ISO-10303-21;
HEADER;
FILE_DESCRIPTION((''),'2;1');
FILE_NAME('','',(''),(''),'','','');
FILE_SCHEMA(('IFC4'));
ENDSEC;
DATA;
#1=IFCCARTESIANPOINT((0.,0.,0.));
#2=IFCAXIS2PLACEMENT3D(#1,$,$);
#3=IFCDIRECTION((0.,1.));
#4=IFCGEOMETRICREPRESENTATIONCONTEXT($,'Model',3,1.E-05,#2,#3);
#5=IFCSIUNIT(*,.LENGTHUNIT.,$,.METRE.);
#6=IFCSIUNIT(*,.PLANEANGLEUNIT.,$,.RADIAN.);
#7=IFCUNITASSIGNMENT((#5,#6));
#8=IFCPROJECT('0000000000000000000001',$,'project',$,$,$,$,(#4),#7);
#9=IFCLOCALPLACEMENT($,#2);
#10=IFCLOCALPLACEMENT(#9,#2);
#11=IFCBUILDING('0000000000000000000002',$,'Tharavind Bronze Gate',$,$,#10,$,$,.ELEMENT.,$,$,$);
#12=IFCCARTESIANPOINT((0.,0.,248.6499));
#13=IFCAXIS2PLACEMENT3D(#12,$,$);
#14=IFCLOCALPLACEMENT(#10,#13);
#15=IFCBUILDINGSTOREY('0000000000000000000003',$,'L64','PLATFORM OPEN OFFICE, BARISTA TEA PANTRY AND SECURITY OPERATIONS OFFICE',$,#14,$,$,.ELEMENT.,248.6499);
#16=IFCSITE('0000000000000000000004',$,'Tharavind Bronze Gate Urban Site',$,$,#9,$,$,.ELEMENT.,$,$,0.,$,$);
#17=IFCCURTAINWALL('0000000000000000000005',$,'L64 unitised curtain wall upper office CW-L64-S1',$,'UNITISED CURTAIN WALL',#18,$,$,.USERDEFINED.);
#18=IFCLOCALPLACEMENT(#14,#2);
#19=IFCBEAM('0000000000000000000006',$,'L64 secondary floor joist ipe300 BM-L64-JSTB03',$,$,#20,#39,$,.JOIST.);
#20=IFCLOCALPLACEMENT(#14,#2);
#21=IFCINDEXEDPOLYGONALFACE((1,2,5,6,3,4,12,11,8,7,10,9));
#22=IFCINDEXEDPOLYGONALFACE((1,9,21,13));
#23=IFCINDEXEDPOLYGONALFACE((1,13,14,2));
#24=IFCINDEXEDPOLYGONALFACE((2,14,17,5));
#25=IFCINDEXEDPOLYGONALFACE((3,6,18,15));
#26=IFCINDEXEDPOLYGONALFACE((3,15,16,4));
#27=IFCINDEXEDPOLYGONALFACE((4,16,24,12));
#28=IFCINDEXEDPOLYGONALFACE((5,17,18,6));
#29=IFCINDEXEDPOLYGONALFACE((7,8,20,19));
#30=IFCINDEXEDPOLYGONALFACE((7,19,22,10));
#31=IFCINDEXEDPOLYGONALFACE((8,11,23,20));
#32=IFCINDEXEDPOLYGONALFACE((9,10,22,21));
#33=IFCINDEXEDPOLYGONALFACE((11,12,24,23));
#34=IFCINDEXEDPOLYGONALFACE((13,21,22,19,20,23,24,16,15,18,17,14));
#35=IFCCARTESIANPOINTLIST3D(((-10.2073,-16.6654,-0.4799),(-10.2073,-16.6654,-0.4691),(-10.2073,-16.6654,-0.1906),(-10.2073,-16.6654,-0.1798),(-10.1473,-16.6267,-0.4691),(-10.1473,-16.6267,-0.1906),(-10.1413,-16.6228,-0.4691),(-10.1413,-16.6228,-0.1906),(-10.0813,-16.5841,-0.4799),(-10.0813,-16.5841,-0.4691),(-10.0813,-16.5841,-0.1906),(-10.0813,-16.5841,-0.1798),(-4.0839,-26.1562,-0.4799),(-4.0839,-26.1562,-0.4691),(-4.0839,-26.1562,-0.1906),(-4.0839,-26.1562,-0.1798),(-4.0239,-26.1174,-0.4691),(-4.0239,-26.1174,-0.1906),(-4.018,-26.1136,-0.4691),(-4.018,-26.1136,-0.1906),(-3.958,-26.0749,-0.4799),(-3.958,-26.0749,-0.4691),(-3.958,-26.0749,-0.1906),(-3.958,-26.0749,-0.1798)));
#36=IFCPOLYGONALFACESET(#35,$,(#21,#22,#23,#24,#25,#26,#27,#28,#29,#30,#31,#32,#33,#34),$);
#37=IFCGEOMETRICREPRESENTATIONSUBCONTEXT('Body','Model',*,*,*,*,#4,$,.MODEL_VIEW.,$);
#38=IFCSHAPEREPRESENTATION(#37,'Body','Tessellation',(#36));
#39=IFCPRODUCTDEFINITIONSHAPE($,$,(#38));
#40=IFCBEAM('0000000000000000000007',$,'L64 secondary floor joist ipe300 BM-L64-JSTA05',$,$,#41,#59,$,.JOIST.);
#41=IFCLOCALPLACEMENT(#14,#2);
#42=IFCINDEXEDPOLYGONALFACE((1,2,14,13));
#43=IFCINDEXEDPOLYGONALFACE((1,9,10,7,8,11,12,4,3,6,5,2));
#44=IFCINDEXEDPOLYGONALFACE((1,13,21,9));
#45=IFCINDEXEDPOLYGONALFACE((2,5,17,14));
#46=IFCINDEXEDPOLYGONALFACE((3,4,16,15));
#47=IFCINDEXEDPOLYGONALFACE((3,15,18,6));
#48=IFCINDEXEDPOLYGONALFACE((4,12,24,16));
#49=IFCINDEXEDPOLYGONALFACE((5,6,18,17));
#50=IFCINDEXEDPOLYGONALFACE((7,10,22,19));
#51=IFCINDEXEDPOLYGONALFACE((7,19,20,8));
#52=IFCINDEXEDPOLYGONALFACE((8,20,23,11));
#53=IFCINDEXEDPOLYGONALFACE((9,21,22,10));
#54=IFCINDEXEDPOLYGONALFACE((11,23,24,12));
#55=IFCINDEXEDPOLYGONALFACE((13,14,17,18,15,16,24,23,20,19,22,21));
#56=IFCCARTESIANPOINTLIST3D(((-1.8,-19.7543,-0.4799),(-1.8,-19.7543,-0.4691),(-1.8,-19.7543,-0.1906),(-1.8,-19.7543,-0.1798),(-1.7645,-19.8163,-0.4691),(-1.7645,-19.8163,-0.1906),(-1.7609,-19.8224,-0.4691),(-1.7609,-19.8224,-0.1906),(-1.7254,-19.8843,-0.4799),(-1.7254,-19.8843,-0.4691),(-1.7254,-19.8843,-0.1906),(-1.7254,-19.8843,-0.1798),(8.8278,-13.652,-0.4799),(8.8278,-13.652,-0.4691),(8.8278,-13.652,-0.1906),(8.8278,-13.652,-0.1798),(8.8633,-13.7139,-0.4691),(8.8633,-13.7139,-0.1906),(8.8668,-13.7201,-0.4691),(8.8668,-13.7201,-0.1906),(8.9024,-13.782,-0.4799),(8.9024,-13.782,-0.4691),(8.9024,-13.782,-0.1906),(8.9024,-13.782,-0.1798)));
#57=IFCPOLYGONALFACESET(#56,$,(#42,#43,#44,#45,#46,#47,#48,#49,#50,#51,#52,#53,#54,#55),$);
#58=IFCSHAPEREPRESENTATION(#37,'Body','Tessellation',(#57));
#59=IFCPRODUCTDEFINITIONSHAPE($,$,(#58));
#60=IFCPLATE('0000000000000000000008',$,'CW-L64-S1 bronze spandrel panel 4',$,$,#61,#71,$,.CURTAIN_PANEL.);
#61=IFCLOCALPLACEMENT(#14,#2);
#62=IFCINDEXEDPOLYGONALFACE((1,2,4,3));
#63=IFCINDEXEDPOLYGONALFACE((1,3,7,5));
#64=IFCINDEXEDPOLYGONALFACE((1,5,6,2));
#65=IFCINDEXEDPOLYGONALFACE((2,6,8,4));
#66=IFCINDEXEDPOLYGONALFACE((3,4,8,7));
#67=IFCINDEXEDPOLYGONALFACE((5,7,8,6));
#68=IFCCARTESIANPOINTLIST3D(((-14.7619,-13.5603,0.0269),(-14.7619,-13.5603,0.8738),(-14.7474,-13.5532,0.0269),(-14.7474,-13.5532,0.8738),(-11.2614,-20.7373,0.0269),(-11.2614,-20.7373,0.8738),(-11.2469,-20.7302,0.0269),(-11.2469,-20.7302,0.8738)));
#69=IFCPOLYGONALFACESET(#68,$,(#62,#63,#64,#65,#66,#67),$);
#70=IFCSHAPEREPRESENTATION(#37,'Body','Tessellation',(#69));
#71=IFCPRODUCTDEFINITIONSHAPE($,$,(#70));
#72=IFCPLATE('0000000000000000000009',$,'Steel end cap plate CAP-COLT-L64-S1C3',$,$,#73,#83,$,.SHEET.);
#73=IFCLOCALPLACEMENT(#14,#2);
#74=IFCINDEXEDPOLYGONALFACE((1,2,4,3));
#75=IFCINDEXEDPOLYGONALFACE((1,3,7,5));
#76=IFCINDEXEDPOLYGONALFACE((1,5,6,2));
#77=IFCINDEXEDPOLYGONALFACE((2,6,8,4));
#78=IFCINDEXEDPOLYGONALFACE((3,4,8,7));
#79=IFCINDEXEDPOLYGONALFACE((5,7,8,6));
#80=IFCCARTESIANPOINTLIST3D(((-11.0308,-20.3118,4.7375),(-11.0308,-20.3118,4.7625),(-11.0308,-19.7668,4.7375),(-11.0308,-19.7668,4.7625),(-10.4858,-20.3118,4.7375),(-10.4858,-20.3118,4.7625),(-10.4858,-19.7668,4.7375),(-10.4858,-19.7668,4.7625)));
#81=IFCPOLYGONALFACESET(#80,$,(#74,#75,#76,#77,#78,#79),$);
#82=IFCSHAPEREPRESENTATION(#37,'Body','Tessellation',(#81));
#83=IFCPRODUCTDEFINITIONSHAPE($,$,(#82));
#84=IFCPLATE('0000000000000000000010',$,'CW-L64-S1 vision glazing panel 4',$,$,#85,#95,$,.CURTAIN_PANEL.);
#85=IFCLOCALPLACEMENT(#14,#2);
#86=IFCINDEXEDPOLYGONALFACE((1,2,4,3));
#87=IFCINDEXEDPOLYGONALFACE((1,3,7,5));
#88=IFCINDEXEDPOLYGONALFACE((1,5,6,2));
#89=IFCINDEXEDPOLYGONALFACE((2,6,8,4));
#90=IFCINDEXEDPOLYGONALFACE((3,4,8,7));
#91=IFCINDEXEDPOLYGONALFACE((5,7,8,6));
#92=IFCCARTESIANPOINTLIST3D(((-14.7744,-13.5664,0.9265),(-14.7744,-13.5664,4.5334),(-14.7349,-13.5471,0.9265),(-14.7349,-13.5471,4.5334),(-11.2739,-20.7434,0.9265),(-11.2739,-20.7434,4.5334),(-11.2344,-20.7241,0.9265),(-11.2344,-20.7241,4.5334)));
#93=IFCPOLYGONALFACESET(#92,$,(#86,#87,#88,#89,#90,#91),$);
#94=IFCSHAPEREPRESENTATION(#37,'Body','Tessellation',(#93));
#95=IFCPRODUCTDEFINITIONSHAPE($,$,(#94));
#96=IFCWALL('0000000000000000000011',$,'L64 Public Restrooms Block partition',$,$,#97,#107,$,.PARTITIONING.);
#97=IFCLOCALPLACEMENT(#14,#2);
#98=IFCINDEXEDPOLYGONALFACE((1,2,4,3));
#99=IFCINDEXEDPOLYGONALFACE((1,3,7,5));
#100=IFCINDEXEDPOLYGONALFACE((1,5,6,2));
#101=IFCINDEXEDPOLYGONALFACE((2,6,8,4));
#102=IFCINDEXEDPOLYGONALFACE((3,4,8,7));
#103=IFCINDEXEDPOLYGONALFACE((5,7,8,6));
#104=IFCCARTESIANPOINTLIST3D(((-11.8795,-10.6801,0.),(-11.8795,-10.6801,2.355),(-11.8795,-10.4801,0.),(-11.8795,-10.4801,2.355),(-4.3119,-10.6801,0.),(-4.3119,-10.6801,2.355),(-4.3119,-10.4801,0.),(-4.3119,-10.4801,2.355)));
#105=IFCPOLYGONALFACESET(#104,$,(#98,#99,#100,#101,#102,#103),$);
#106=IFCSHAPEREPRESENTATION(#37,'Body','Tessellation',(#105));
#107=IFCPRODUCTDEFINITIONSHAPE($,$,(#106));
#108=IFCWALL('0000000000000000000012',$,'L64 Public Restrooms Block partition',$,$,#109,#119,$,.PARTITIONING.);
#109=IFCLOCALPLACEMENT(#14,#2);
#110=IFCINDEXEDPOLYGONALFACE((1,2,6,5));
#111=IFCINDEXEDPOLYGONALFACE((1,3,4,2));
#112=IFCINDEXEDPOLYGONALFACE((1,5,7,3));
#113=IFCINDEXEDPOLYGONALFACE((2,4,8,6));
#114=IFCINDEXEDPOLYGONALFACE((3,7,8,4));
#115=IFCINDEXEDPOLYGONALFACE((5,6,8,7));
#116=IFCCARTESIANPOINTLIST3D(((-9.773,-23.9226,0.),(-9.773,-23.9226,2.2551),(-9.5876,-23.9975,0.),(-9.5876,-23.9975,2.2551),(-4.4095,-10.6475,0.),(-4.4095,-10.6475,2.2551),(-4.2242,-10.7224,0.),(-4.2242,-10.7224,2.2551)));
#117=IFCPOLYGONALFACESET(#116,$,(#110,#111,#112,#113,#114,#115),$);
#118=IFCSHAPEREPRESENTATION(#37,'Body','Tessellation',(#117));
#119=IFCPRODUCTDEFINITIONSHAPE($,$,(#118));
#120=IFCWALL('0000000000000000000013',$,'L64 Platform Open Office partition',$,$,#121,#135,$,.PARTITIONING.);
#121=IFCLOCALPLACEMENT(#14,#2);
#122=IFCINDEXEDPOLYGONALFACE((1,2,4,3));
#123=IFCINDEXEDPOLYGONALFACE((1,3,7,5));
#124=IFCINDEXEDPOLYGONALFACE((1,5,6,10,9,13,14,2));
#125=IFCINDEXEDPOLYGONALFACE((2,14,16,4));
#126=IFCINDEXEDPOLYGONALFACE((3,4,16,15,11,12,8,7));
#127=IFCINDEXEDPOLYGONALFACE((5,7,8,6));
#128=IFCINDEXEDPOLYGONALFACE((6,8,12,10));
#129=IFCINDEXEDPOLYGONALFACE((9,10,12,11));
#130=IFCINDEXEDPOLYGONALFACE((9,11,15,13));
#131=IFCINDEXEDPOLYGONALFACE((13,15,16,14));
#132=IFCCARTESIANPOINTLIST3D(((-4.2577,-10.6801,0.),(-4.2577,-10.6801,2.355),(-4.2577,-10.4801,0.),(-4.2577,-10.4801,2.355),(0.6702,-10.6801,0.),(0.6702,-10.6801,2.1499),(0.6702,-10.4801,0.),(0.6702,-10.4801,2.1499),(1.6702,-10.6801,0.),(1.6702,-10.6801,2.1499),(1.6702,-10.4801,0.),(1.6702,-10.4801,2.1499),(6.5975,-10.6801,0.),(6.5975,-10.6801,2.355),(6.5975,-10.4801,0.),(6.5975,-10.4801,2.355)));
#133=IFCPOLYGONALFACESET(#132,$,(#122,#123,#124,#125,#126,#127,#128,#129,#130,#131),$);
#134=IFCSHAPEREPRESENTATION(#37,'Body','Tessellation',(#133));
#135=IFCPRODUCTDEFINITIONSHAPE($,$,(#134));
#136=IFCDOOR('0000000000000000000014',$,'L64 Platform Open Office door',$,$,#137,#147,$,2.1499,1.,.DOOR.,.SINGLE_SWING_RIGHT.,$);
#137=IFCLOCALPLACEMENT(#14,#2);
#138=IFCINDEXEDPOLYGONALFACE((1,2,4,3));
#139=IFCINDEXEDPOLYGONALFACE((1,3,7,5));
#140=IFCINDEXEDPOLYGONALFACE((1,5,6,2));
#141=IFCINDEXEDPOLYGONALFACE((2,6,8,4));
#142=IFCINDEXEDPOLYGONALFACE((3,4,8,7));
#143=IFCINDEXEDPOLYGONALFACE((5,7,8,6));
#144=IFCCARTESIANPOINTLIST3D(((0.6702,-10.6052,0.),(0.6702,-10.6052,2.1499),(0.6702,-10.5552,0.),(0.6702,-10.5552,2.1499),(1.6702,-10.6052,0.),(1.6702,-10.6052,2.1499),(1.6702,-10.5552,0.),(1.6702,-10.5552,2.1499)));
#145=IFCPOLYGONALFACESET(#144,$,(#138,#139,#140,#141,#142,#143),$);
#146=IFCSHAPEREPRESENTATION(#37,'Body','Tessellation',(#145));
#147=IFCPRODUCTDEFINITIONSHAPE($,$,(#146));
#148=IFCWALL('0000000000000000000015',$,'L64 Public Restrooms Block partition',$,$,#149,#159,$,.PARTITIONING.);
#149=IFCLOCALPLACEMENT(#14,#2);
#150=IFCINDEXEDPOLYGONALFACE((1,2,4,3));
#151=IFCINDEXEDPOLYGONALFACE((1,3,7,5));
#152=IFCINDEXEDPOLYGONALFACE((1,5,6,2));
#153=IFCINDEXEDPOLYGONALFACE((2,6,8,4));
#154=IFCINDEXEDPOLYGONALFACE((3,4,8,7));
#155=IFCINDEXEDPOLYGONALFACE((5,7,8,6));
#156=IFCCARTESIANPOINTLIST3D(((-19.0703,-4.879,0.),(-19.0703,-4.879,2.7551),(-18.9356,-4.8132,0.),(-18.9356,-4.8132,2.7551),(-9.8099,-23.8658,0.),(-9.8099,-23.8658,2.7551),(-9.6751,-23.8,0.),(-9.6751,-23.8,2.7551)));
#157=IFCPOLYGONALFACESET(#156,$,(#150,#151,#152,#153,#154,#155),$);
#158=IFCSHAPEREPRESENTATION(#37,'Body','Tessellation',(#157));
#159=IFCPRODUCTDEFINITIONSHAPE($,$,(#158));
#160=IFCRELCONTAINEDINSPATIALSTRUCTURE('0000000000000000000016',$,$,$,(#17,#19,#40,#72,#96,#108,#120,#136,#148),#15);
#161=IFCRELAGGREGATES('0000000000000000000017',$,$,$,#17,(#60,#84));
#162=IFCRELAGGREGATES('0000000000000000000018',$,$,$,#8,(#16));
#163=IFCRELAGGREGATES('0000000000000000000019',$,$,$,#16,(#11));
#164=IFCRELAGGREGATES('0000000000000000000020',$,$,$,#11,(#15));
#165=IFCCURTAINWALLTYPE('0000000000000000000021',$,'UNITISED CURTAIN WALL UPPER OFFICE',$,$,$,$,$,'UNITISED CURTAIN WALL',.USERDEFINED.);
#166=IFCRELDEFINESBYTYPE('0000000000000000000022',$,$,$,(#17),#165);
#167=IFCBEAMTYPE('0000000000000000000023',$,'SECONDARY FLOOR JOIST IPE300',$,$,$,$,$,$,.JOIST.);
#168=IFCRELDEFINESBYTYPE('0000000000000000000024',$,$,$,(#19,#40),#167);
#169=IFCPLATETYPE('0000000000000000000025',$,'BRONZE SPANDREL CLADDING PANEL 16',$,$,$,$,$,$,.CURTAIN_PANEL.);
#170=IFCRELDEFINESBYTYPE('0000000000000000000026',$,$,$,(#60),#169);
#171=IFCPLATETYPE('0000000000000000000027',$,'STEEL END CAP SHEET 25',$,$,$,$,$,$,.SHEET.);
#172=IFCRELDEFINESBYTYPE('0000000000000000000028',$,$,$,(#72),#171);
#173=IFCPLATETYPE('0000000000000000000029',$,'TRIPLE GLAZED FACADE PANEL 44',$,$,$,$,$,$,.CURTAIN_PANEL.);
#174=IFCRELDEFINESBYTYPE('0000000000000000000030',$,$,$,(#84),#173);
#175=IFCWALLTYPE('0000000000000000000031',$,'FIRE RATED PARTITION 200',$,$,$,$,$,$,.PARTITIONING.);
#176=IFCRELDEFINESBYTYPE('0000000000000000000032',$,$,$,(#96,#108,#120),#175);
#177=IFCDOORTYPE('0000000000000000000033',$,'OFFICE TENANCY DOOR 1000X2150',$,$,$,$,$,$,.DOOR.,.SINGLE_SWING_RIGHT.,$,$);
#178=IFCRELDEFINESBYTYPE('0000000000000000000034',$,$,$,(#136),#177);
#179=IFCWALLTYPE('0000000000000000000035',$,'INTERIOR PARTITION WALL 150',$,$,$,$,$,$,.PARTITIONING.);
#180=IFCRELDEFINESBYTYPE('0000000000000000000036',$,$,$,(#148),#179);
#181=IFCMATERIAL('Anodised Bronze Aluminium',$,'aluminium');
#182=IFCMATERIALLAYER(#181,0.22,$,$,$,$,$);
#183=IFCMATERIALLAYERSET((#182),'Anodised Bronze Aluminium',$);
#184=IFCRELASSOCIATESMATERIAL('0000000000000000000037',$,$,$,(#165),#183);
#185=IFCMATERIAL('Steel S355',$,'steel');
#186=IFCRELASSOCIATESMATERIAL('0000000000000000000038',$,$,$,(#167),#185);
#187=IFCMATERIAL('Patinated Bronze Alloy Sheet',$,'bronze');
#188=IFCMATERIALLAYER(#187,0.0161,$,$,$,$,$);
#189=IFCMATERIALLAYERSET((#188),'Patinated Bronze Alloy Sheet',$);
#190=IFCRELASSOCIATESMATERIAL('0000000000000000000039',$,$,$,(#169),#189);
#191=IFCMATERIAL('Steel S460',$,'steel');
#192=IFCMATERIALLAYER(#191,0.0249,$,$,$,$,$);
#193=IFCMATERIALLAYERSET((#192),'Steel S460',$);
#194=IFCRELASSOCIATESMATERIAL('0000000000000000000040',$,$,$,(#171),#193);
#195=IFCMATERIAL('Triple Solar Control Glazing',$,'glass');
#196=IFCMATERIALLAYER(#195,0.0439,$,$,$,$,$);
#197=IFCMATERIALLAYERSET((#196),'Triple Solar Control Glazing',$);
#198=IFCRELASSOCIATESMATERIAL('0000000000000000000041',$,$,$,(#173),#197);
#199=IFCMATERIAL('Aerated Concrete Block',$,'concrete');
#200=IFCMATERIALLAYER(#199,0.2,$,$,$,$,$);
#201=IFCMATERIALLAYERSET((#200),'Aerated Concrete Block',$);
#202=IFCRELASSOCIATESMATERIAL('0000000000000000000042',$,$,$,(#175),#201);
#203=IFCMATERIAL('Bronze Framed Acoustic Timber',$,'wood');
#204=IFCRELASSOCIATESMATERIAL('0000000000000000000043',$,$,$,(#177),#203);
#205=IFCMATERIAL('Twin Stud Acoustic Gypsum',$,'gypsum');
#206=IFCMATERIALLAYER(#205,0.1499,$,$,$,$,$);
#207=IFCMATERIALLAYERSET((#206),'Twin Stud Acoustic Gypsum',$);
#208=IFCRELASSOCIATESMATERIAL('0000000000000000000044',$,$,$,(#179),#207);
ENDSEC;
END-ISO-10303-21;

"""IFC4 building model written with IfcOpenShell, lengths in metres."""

from ifc_helpers import new_model, si_unit, direction, frame, frame_2d, origin, origin_2d, place, context, subcontext, project, spatial, rectangle, i_section, extrude, material, layer, layer_set, material_profile, profile_set, type_object, element, fill, aggregate, save


model = new_model("IFC4")

# Units and contexts
model_context = context("Model", 3, precision=1e-05, world=origin(), true_north=direction((0.0, 1.0)))
body_context = subcontext(model_context, "Body", "Model", "MODEL_VIEW")
ifc_project = project(units=[si_unit("LENGTHUNIT", "METRE"), si_unit("PLANEANGLEUNIT", "RADIAN")], contexts=[model_context])

# Site, building, storey
site_placement = place(None, origin())
site = spatial("IfcSite", under=ifc_project, at=site_placement, Name="Tharavind Bronze Gate Urban Site", CompositionType="ELEMENT", RefElevation=0.0)
building_placement = place(site_placement, origin())
building = spatial("IfcBuilding", under=site, at=building_placement, Name="Tharavind Bronze Gate", CompositionType="ELEMENT")
storey_placement = place(building_placement, frame((0.0, 0.0, 248.6499)))
storey = spatial("IfcBuildingStorey", under=building, at=storey_placement, Name="L64", Description="PLATFORM OPEN OFFICE, BARISTA TEA PANTRY AND SECURITY OPERATIONS OFFICE", CompositionType="ELEMENT", Elevation=248.6499)

# Shared definitions
ifc_material_1 = material(Name="Steel S460", Category="steel")

# Curtain wall
ifc_material_2 = material(Name="Anodised Bronze Aluminium", Category="aluminium")
ifc_layer_1 = layer(ifc_material_2, 0.22)
ifc_layer_set_1 = layer_set([ifc_layer_1], Name="Anodised Bronze Aluminium")
curtain_wall_type = type_object("IfcCurtainWallType", Name="UNITISED CURTAIN WALL UPPER OFFICE", ElementType="UNITISED CURTAIN WALL", PredefinedType="USERDEFINED", material=ifc_layer_set_1)
curtain_wall_placement = place(storey_placement, origin())
curtain_wall = element("IfcCurtainWall", 1, at=curtain_wall_placement, inside=storey, type_object=curtain_wall_type, Name="L64 unitised curtain wall upper office CW-L64-S1", ObjectType="UNITISED CURTAIN WALL", PredefinedType="USERDEFINED")

# Beams
ifc_material_3 = material(Name="Steel S355", Category="steel")
ifc_material_profile_1 = material_profile(ifc_material_3, i_section(OverallWidth=0.1499, OverallDepth=0.3, WebThickness=0.0071, FlangeThickness=0.0107, at=origin_2d()), Name="IPE300")
ifc_profile_set_1 = profile_set([ifc_material_profile_1], Name="Steel S355")
beam_type_1 = type_object("IfcBeamType", Name="SECONDARY FLOOR JOIST IPE300", PredefinedType="JOIST", material=ifc_profile_set_1)
beam_1_placement = place(storey_placement, frame((-10.1443, -16.6248, -0.3298), z_axis=(0.542142, -0.840287, 0.0), x_axis=(0.840287, 0.542142, 0.0)))
element("IfcBeam", 2, at=beam_1_placement, inside=storey, type_object=beam_type_1, Name="L64 secondary floor joist ipe300 BM-L64-JSTB03", PredefinedType="JOIST", context=body_context, shape_type="SweptSolid", body=[
    extrude(i_section(OverallWidth=0.1499, OverallDepth=0.3, WebThickness=0.0071, FlangeThickness=0.0107, at=origin_2d()), origin(), (0.0, 0.0, 1.0), 11.2947),
])
beam_2_placement = place(storey_placement, frame((-1.7627, -19.8193, -0.3298), z_axis=(0.86721, 0.497942, 0.0), x_axis=(-0.497942, 0.86721, 0.0)))
element("IfcBeam", 3, at=beam_2_placement, inside=storey, type_object=beam_type_1, Name="L64 secondary floor joist ipe300 BM-L64-JSTA05", PredefinedType="JOIST", context=body_context, shape_type="SweptSolid", body=[
    extrude(i_section(OverallWidth=0.1499, OverallDepth=0.3, WebThickness=0.0071, FlangeThickness=0.0107, at=origin_2d()), origin(), (0.0, 0.0, 1.0), 12.2551),
])

# Plates
ifc_material_4 = material(Name="Patinated Bronze Alloy Sheet", Category="bronze")
ifc_layer_2 = layer(ifc_material_4, 0.0161)
ifc_layer_set_2 = layer_set([ifc_layer_2], Name="Patinated Bronze Alloy Sheet")
plate_type_1 = type_object("IfcPlateType", Name="BRONZE SPANDREL CLADDING PANEL 16", PredefinedType="CURTAIN_PANEL", material=ifc_layer_set_2)
plate_1_placement = place(storey_placement, frame((-13.0044, -17.1453, 0.0269), z_axis=(0.0, 0.0, 1.0), x_axis=(0.438371, -0.898794, 0.0)))
plate_1 = element("IfcPlate", 4, at=plate_1_placement, type_object=plate_type_1, Name="CW-L64-S1 bronze spandrel panel 4", PredefinedType="CURTAIN_PANEL", context=body_context, shape_type="SweptSolid", body=[
    extrude(rectangle(XDim=7.9851, YDim=0.0161, at=origin_2d()), origin(), (0.0, 0.0, 1.0), 0.8469),
])
ifc_layer_3 = layer(ifc_material_1, 0.0249)
ifc_layer_set_3 = layer_set([ifc_layer_3], Name="Steel S460")
plate_type_2 = type_object("IfcPlateType", Name="STEEL END CAP SHEET 25", PredefinedType="SHEET", material=ifc_layer_set_3)
plate_2_placement = place(storey_placement, frame((-10.7583, -20.0393, 4.7375), z_axis=(0.0, 0.0, 1.0), x_axis=(1.0, 0.0, 0.0)))
element("IfcPlate", 5, at=plate_2_placement, inside=storey, type_object=plate_type_2, Name="Steel end cap plate CAP-COLT-L64-S1C3", PredefinedType="SHEET", context=body_context, shape_type="SweptSolid", body=[
    extrude(rectangle(XDim=0.5449, YDim=0.5449, at=origin_2d()), origin(), (0.0, 0.0, 1.0), 0.0249),
])
ifc_material_5 = material(Name="Triple Solar Control Glazing", Category="glass")
ifc_layer_4 = layer(ifc_material_5, 0.0439)
ifc_layer_set_4 = layer_set([ifc_layer_4], Name="Triple Solar Control Glazing")
plate_type_3 = type_object("IfcPlateType", Name="TRIPLE GLAZED FACADE PANEL 44", PredefinedType="CURTAIN_PANEL", material=ifc_layer_set_4)
plate_3_placement = place(storey_placement, frame((-13.0044, -17.1453, 0.9265), z_axis=(0.0, 0.0, 1.0), x_axis=(0.438371, -0.898794, 0.0)))
plate_3 = element("IfcPlate", 6, at=plate_3_placement, type_object=plate_type_3, Name="CW-L64-S1 vision glazing panel 4", PredefinedType="CURTAIN_PANEL", context=body_context, shape_type="SweptSolid", body=[
    extrude(rectangle(XDim=7.9851, YDim=0.0439, at=origin_2d()), origin(), (0.0, 0.0, 1.0), 3.6069),
])
aggregate(curtain_wall, [plate_1, plate_3])

# Walls
ifc_material_6 = material(Name="Aerated Concrete Block", Category="concrete")
ifc_layer_5 = layer(ifc_material_6, 0.2)
ifc_layer_set_5 = layer_set([ifc_layer_5], Name="Aerated Concrete Block")
wall_type_1 = type_object("IfcWallType", Name="FIRE RATED PARTITION 200", PredefinedType="PARTITIONING", material=ifc_layer_set_5)
wall_1_placement = place(storey_placement, frame((-11.8794, -10.5801, 0.0), z_axis=(0.0, 0.0, 1.0), x_axis=(1.0, 0.0, 0.0)))
element("IfcWall", 7, at=wall_1_placement, inside=storey, type_object=wall_type_1, Name="L64 Public Restrooms Block partition", PredefinedType="PARTITIONING", context=body_context, shape_type="SweptSolid", body=[
    extrude(rectangle(XDim=7.5676, YDim=0.2, at=frame_2d((3.7837, 0.0))), origin(), (0.0, 0.0, 1.0), 2.355),
])
wall_2_placement = place(storey_placement, frame((-4.3169, -10.6851, 0.0), z_axis=(0.0, 0.0, 1.0), x_axis=(-0.374608, -0.927183, 0.0)))
element("IfcWall", 8, at=wall_2_placement, inside=storey, type_object=wall_type_1, Name="L64 Public Restrooms Block partition", PredefinedType="PARTITIONING", context=body_context, shape_type="SweptSolid", body=[
    extrude(rectangle(XDim=14.3176, YDim=0.2, at=frame_2d((7.1587, 0.0))), origin(), (0.0, 0.0, 1.0), 2.2551),
])

# Wall, opening, door
wall_3_placement = place(storey_placement, frame((-4.2578, -10.5801, 0.0), z_axis=(0.0, 0.0, 1.0), x_axis=(1.0, 0.0, 0.0)))
wall_3 = element("IfcWall", 9, at=wall_3_placement, inside=storey, type_object=wall_type_1, Name="L64 Platform Open Office partition", PredefinedType="PARTITIONING", context=body_context, shape_type="SweptSolid", body=[
    extrude(rectangle(XDim=10.8552, YDim=0.2, at=frame_2d((5.4277, 0.0))), origin(), (0.0, 0.0, 1.0), 2.355),
])
opening_placement = place(wall_3_placement, frame((4.928, 0.0, 0.0)))
opening = element("IfcOpeningElement", 10, at=opening_placement, cuts=wall_3, PredefinedType="OPENING", context=body_context, shape_type="SweptSolid", body=[
    extrude(rectangle(XDim=1.0, YDim=2.1499, at=frame_2d((0.5, 1.075))), frame((0.0, 0.1101, 0.0), z_axis=(0.0, -1.0, 0.0), x_axis=(1.0, 0.0, 0.0)), (0.0, 0.0, 1.0), 0.22),
])
ifc_material_7 = material(Name="Bronze Framed Acoustic Timber", Category="wood")
door_type = type_object("IfcDoorType", Name="OFFICE TENANCY DOOR 1000X2150", OperationType="SINGLE_SWING_RIGHT", PredefinedType="DOOR", material=ifc_material_7)
door_placement = place(opening_placement, origin())
door = element("IfcDoor", 11, at=door_placement, inside=storey, type_object=door_type, Name="L64 Platform Open Office door", OperationType="SINGLE_SWING_RIGHT", OverallHeight=2.1499, OverallWidth=1.0, PredefinedType="DOOR", context=body_context, shape_type="SweptSolid", body=[
    extrude(rectangle(XDim=1.0, YDim=2.1499, at=frame_2d((0.5, 1.075))), frame((0.0, 0.0249, 0.0), z_axis=(0.0, -1.0, 0.0), x_axis=(1.0, 0.0, 0.0)), (0.0, 0.0, 1.0), 0.05),
])
fill(opening, door)

# Wall
ifc_material_8 = material(Name="Twin Stud Acoustic Gypsum", Category="gypsum")
ifc_layer_6 = layer(ifc_material_8, 0.1499)
ifc_layer_set_6 = layer_set([ifc_layer_6], Name="Twin Stud Acoustic Gypsum")
wall_type_2 = type_object("IfcWallType", Name="INTERIOR PARTITION WALL 150", PredefinedType="PARTITIONING", material=ifc_layer_set_6)
wall_4_placement = place(storey_placement, frame((-9.7424, -23.833, 0.0), z_axis=(0.0, 0.0, 1.0), x_axis=(-0.438371, 0.898794, 0.0)))
element("IfcWall", 12, at=wall_4_placement, inside=storey, type_object=wall_type_2, Name="L64 Public Restrooms Block partition", PredefinedType="PARTITIONING", context=body_context, shape_type="SweptSolid", body=[
    extrude(rectangle(XDim=21.1248, YDim=0.1499, at=frame_2d((10.5625, 0.0))), origin(), (0.0, 0.0, 1.0), 2.7551),
])

save(model, "model.ifc")
